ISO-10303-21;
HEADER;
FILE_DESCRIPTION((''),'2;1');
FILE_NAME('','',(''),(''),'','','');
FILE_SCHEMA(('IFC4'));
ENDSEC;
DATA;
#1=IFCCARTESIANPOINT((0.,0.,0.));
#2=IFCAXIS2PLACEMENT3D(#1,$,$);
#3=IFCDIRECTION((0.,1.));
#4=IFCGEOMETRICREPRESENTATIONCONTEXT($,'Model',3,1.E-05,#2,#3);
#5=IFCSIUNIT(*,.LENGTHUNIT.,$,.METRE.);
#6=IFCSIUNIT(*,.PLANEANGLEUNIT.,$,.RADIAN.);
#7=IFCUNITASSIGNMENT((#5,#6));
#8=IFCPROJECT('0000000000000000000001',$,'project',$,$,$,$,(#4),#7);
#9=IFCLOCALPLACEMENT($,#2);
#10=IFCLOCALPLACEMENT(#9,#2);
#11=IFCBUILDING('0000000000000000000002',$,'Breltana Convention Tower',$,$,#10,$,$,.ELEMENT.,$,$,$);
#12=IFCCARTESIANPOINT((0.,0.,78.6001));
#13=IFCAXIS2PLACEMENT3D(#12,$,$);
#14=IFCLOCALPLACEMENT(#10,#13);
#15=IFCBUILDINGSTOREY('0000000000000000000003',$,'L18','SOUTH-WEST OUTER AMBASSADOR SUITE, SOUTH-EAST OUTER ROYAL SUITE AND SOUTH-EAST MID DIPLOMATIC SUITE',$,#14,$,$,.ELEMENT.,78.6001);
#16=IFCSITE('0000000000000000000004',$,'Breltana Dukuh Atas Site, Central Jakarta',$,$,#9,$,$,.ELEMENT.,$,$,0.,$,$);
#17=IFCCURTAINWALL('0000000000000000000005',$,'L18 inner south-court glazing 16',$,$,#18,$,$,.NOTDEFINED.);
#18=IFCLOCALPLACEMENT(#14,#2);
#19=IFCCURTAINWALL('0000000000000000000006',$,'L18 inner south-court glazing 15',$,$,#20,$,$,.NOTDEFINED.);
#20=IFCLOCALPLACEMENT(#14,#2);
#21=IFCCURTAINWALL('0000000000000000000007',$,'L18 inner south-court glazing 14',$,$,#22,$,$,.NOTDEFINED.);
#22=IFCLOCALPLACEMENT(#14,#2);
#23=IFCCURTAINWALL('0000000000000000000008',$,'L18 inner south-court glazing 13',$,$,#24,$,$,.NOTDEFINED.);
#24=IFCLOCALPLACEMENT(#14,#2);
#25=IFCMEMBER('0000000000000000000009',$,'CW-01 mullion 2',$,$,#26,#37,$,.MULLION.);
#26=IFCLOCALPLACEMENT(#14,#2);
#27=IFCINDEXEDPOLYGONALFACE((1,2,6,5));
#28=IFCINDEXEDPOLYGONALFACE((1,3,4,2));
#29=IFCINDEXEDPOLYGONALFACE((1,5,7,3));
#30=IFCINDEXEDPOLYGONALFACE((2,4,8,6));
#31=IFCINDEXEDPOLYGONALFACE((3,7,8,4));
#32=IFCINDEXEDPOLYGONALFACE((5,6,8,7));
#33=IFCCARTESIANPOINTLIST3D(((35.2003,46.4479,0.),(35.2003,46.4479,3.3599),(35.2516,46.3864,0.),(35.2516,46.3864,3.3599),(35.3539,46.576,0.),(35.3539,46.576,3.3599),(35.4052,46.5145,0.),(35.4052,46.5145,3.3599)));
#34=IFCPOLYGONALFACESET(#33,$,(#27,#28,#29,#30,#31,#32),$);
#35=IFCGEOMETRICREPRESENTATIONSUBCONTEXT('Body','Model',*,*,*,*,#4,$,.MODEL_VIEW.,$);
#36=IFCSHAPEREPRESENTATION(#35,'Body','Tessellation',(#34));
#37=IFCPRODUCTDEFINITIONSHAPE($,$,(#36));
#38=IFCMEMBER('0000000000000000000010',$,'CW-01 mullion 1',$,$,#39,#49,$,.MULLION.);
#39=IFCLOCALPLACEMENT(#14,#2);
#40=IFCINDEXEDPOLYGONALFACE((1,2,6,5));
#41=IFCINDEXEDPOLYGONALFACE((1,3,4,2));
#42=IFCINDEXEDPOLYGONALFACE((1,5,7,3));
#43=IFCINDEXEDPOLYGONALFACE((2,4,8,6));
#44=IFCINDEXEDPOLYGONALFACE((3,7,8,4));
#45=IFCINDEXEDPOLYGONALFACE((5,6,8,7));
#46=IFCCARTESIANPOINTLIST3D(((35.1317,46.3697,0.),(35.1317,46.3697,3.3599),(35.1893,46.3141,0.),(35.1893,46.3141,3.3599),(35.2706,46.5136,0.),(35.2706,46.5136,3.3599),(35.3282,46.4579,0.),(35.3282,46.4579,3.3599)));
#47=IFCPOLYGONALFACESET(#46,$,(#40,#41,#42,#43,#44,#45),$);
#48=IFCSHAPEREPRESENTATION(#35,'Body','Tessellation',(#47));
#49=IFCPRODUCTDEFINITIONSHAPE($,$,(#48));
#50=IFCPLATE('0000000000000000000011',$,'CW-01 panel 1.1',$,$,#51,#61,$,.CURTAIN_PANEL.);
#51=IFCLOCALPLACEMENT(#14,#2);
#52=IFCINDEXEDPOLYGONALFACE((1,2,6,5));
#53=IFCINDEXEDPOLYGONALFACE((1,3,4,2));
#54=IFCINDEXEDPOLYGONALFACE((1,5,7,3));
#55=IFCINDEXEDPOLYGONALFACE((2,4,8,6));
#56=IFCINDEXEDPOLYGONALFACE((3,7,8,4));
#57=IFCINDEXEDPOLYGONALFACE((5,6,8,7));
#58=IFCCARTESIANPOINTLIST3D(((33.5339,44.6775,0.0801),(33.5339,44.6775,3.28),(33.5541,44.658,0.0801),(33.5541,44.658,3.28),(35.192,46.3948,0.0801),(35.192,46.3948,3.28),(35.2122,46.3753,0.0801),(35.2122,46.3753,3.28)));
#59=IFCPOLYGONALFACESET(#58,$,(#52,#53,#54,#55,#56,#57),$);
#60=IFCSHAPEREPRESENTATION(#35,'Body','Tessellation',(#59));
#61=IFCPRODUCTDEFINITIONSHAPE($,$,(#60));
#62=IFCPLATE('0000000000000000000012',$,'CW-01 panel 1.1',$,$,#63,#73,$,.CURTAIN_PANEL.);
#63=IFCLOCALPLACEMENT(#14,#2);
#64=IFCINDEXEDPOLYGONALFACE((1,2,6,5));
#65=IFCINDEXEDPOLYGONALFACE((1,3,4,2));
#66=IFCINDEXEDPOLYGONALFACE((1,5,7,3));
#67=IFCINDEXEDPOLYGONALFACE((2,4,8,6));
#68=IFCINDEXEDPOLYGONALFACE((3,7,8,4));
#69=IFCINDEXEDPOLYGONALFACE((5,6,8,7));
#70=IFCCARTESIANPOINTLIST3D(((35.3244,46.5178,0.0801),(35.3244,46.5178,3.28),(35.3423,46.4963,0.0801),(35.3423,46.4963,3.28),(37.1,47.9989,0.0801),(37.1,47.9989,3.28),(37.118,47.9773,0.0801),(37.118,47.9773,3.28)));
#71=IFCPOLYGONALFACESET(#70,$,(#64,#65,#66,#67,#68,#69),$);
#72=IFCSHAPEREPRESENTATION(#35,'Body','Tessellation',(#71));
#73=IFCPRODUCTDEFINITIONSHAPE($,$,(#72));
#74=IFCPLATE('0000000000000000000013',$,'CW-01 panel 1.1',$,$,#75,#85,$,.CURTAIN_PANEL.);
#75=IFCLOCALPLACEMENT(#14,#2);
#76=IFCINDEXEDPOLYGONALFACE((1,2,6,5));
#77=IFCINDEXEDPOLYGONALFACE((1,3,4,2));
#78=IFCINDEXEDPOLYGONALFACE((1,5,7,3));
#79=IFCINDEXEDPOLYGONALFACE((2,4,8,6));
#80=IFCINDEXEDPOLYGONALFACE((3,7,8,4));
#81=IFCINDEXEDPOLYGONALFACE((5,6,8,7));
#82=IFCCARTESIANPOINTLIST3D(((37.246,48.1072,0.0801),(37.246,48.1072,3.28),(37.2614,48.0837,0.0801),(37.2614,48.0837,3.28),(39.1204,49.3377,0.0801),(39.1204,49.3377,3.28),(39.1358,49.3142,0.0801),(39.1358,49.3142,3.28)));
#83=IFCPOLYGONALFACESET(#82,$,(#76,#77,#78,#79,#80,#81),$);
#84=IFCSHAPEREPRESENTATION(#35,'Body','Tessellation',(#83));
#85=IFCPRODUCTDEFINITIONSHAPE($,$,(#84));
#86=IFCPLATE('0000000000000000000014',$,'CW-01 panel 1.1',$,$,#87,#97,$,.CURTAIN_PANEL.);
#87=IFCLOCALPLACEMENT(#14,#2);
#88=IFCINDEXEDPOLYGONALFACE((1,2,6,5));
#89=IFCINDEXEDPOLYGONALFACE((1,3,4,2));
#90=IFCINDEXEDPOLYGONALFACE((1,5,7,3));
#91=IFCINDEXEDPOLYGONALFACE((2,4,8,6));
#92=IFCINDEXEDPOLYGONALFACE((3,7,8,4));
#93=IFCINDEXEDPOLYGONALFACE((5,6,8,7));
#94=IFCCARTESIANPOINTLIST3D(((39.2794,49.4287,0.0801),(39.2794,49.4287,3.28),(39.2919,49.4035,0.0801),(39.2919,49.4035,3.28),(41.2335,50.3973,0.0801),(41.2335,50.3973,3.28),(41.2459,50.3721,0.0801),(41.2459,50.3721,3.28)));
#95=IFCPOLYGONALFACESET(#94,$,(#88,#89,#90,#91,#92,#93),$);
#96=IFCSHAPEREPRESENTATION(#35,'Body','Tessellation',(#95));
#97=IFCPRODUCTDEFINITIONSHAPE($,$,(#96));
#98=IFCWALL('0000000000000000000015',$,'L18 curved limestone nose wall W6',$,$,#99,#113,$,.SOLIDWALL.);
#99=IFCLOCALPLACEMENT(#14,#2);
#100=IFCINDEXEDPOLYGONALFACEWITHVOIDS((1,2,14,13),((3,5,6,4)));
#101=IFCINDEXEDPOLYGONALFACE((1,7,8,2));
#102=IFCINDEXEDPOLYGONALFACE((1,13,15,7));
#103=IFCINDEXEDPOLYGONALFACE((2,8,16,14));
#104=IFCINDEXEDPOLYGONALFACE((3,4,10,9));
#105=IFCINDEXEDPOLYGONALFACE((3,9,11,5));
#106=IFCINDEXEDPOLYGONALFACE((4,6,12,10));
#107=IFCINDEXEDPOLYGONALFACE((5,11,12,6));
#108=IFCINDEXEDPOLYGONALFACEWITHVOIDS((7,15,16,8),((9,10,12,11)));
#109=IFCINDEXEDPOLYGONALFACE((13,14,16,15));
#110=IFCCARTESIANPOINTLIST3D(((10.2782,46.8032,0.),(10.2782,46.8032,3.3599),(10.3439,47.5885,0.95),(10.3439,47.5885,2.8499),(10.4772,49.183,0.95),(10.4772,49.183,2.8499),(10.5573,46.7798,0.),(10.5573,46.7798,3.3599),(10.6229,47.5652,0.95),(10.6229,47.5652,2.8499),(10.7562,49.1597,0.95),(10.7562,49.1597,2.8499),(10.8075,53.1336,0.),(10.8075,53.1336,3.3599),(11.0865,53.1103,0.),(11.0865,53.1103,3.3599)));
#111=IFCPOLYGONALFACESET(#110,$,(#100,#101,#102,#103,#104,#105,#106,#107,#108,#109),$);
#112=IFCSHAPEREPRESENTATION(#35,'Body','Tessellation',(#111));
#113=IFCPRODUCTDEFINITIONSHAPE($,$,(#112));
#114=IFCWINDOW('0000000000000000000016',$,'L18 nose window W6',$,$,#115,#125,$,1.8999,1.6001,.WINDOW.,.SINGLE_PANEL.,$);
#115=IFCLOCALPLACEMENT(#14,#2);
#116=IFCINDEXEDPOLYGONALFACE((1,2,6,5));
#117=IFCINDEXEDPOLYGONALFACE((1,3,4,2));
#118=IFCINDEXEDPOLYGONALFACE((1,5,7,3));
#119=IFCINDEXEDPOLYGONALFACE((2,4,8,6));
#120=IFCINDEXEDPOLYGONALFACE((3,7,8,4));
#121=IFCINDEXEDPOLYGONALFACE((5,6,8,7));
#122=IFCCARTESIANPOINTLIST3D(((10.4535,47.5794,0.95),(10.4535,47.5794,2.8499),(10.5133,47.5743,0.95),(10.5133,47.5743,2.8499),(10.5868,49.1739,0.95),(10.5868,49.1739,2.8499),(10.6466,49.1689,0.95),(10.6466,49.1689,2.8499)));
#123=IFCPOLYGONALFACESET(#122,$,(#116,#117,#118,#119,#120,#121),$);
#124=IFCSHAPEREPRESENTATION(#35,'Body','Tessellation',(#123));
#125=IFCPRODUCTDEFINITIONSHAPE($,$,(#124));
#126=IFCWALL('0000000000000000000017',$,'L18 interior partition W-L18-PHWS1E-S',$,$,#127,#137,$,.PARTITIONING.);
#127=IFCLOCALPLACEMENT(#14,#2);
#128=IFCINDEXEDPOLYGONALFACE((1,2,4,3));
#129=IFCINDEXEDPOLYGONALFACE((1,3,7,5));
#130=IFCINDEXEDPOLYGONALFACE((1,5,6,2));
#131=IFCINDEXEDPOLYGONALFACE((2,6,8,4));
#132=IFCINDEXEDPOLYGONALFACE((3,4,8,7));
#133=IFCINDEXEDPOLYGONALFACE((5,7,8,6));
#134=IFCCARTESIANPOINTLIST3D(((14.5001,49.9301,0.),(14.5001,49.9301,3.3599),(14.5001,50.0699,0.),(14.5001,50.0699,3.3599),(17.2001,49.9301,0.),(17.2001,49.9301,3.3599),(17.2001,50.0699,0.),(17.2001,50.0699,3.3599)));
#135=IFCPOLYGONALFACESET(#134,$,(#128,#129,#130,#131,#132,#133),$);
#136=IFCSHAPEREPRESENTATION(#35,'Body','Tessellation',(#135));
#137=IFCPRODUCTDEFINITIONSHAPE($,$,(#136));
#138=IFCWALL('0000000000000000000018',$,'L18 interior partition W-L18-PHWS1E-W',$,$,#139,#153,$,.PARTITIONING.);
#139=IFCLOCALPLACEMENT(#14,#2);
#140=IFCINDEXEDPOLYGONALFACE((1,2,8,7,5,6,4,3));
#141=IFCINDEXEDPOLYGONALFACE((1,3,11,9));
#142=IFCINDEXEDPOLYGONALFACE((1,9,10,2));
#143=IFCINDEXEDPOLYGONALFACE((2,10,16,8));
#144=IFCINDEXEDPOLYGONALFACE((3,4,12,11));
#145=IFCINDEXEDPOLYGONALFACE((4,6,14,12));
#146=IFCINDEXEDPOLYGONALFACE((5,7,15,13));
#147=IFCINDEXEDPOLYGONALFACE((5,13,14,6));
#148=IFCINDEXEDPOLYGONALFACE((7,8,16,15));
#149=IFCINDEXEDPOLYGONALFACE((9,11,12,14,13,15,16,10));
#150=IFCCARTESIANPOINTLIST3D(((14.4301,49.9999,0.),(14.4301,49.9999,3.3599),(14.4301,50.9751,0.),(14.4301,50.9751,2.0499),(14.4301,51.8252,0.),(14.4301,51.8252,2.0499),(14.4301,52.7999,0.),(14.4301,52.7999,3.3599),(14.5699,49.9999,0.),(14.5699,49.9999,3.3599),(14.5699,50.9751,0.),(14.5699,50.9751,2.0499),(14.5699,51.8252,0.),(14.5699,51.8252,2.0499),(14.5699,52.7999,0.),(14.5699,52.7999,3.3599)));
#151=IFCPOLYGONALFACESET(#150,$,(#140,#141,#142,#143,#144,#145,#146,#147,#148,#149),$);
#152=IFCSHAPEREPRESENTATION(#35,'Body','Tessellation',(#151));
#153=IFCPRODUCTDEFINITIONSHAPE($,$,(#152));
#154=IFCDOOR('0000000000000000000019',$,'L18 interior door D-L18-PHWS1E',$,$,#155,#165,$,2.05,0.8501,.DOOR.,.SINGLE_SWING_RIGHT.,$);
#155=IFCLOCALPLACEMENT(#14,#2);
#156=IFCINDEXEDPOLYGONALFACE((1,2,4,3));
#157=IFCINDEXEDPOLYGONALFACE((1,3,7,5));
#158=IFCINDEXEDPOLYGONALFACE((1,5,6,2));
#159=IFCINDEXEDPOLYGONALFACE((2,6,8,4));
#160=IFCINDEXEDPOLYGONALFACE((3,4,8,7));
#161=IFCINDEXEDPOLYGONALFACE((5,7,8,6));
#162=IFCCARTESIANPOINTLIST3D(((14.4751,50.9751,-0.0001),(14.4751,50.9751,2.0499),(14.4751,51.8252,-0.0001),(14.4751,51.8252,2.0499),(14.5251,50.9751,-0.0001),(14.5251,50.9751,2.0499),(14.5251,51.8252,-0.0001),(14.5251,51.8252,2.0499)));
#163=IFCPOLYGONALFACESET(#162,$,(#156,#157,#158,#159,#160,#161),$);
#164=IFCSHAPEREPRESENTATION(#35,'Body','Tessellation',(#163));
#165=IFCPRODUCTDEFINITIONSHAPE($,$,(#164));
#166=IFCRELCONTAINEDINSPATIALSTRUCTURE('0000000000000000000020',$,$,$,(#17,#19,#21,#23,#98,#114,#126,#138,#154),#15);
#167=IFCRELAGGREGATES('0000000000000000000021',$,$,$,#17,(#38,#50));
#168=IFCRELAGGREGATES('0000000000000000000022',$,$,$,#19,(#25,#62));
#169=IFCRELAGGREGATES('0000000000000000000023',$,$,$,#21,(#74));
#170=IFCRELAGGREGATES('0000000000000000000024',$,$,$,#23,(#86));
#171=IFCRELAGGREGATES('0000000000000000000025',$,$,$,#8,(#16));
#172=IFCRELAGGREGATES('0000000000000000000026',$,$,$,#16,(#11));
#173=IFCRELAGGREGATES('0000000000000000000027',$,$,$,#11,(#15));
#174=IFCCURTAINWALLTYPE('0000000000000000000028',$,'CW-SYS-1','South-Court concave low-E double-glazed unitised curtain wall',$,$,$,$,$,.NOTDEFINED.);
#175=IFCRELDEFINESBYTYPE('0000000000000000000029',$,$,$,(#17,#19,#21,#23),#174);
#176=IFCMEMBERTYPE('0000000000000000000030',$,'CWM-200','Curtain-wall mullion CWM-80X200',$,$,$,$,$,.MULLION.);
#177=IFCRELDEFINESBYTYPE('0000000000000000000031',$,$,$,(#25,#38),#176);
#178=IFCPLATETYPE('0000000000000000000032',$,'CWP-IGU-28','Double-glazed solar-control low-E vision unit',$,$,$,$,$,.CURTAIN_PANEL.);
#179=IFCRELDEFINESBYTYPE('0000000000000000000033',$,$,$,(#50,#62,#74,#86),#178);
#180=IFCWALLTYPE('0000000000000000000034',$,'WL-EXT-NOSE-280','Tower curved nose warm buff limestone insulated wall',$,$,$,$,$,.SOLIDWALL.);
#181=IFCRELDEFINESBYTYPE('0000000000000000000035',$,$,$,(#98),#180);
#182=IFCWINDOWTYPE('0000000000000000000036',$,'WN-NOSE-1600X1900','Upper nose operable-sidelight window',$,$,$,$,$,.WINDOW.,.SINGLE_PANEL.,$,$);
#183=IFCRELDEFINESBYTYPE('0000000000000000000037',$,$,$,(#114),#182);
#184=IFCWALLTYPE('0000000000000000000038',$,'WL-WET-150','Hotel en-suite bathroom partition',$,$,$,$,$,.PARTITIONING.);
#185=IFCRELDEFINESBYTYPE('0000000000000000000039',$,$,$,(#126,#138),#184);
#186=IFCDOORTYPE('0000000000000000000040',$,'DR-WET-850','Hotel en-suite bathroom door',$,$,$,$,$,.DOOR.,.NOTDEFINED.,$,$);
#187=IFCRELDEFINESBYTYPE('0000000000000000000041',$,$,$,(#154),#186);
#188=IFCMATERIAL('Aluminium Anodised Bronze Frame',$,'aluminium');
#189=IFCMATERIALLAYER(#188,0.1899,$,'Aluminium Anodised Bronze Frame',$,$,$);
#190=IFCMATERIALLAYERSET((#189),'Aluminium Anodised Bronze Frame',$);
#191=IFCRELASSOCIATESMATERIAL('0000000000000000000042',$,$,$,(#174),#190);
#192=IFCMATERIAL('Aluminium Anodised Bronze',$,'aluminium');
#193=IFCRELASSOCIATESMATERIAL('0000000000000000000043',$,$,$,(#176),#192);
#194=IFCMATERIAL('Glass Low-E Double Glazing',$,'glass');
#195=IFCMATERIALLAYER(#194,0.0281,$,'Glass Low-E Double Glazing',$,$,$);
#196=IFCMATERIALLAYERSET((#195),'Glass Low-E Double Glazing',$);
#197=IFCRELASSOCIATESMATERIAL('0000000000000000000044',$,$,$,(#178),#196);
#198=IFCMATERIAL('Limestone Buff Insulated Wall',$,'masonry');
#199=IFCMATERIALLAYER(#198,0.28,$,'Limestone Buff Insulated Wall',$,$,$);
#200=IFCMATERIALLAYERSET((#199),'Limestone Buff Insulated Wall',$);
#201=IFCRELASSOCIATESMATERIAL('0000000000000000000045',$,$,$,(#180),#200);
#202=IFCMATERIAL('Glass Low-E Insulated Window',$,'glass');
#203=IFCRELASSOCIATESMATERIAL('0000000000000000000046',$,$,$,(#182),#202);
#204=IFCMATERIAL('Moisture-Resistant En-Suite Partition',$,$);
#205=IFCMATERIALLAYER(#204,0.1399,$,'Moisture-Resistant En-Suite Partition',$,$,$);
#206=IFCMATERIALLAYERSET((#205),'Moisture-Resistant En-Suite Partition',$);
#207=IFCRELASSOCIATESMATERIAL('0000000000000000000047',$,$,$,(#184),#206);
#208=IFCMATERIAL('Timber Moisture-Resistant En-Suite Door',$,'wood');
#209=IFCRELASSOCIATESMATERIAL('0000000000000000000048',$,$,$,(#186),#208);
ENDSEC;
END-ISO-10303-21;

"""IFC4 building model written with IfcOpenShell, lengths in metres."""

from ifc_helpers import new_model, si_unit, direction, frame, frame_2d, origin, origin_2d, place, context, subcontext, project, spatial, rectangle, extrude, source, transform, mapped, material, layer, layer_set, material_profile, profile_set, type_object, type_shapes, element, fill, aggregate, save


model = new_model("IFC4")

# Units and contexts
model_context = context("Model", 3, precision=1e-05, world=origin(), true_north=direction((0.0, 1.0)))
body_context = subcontext(model_context, "Body", "Model", "MODEL_VIEW")
ifc_project = project(units=[si_unit("LENGTHUNIT", "METRE"), si_unit("PLANEANGLEUNIT", "RADIAN")], contexts=[model_context])

# Site, building, storey
site_placement = place(None, origin())
site = spatial("IfcSite", under=ifc_project, at=site_placement, Name="Breltana Dukuh Atas Site, Central Jakarta", CompositionType="ELEMENT", RefElevation=0.0)
building_placement = place(site_placement, origin())
building = spatial("IfcBuilding", under=site, at=building_placement, Name="Breltana Convention Tower", CompositionType="ELEMENT")
storey_placement = place(building_placement, frame((0.0, 0.0, 78.6001)))
storey = spatial("IfcBuildingStorey", under=building, at=storey_placement, Name="L18", Description="SOUTH-WEST OUTER AMBASSADOR SUITE, SOUTH-EAST OUTER ROYAL SUITE AND SOUTH-EAST MID DIPLOMATIC SUITE", CompositionType="ELEMENT", Elevation=78.6001)

# Curtain walls
ifc_material_1 = material(Name="Aluminium Anodised Bronze Frame", Category="aluminium")
ifc_layer_1 = layer(ifc_material_1, 0.1899, Name="Aluminium Anodised Bronze Frame")
ifc_layer_set_1 = layer_set([ifc_layer_1], Name="Aluminium Anodised Bronze Frame")
curtain_wall_type = type_object("IfcCurtainWallType", Name="CW-SYS-1", Description="South-Court concave low-E double-glazed unitised curtain wall", PredefinedType="NOTDEFINED", material=ifc_layer_set_1)
curtain_wall_1_placement = place(storey_placement, origin())
curtain_wall_1 = element("IfcCurtainWall", 1, at=curtain_wall_1_placement, inside=storey, type_object=curtain_wall_type, Name="L18 inner south-court glazing 16", PredefinedType="NOTDEFINED")
ifc_material_2 = material(Name="Aluminium Anodised Bronze", Category="aluminium")
curtain_wall_2_placement = place(storey_placement, origin())
curtain_wall_2 = element("IfcCurtainWall", 2, at=curtain_wall_2_placement, inside=storey, type_object=curtain_wall_type, Name="L18 inner south-court glazing 15", PredefinedType="NOTDEFINED")
curtain_wall_3_placement = place(storey_placement, origin())
curtain_wall_3 = element("IfcCurtainWall", 3, at=curtain_wall_3_placement, inside=storey, type_object=curtain_wall_type, Name="L18 inner south-court glazing 14", PredefinedType="NOTDEFINED")

# Curtain wall
curtain_wall_4_placement = place(storey_placement, origin())
curtain_wall_4 = element("IfcCurtainWall", 4, at=curtain_wall_4_placement, inside=storey, type_object=curtain_wall_type, Name="L18 inner south-court glazing 13", PredefinedType="NOTDEFINED")
ifc_material_profile_1 = material_profile(ifc_material_2, rectangle(XDim=0.0801, YDim=0.2, at=origin_2d()), Name="CWM-80X200")
ifc_profile_set_1 = profile_set([ifc_material_profile_1], Name="Aluminium Anodised Bronze")
member_type_1 = type_object("IfcMemberType", Name="CWM-200", Description="Curtain-wall mullion CWM-80X200", PredefinedType="MULLION", material=ifc_profile_set_1)
shared_shape_1 = source(origin(), body_context, "Body", "SweptSolid", [
    extrude(rectangle(XDim=0.0801, YDim=0.2, at=origin_2d()), origin(), (0.0, 0.0, 1.0), 3.3599),
])

# Members
member_1_placement = place(storey_placement, frame((35.3027, 46.4812, 0.0), z_axis=(0.0, 0.0, 1.0), x_axis=(0.640523, -0.767939, 0.0)))
member_1 = element("IfcMember", 5, at=member_1_placement, type_object=member_type_1, Name="CW-01 mullion 2", PredefinedType="MULLION", context=body_context, shape_type="MappedRepresentation", body=[
    mapped(shared_shape_1, transform((0.0, 0.0, 0.0), scale=1.0)),
])
member_2_placement = place(storey_placement, frame((35.23, 46.4138, 0.0), z_axis=(0.0, 0.0, 1.0), x_axis=(0.719385, -0.694612, 0.0)))
member_2 = element("IfcMember", 6, at=member_2_placement, type_object=member_type_1, Name="CW-01 mullion 1", PredefinedType="MULLION", context=body_context, shape_type="MappedRepresentation", body=[
    mapped(shared_shape_1, transform((0.0, 0.0, 0.0), scale=1.0)),
])

# Plates
ifc_material_3 = material(Name="Glass Low-E Double Glazing", Category="glass")
ifc_layer_2 = layer(ifc_material_3, 0.0281, Name="Glass Low-E Double Glazing")
ifc_layer_set_2 = layer_set([ifc_layer_2], Name="Glass Low-E Double Glazing")
plate_type = type_object("IfcPlateType", Name="CWP-IGU-28", Description="Double-glazed solar-control low-E vision unit", PredefinedType="CURTAIN_PANEL", material=ifc_layer_set_2)
shared_shape_2 = source(origin(), body_context, "Body", "SweptSolid", [
    extrude(rectangle(XDim=2.3872, YDim=0.0281, at=origin_2d()), origin(), (0.0, 0.0, 1.0), 3.2),
])
plate_1_placement = place(storey_placement, frame((34.373, 45.5264, 0.0801), z_axis=(0.0, 0.0, 1.0), x_axis=(-0.694612, -0.719385, 0.0)))
plate_1 = element("IfcPlate", 7, at=plate_1_placement, type_object=plate_type, Name="CW-01 panel 1.1", PredefinedType="CURTAIN_PANEL", context=body_context, shape_type="MappedRepresentation", body=[
    mapped(shared_shape_2, transform((0.0, 0.0, 0.0), scale=1.0)),
])
aggregate(curtain_wall_1, [member_2, plate_1])
shared_shape_3 = source(origin(), body_context, "Body", "SweptSolid", [
    extrude(rectangle(XDim=2.3123, YDim=0.0281, at=origin_2d()), origin(), (0.0, 0.0, 1.0), 3.2),
])
plate_2_placement = place(storey_placement, frame((36.2212, 47.2476, 0.0801), z_axis=(0.0, 0.0, 1.0), x_axis=(-0.767939, -0.640523, 0.0)))
plate_2 = element("IfcPlate", 8, at=plate_2_placement, type_object=plate_type, Name="CW-01 panel 1.1", PredefinedType="CURTAIN_PANEL", context=body_context, shape_type="MappedRepresentation", body=[
    mapped(shared_shape_3, transform((0.0, 0.0, 0.0), scale=1.0)),
])
aggregate(curtain_wall_2, [member_1, plate_2])
shared_shape_4 = source(origin(), body_context, "Body", "SweptSolid", [
    extrude(rectangle(XDim=2.2422, YDim=0.0281, at=origin_2d()), origin(), (0.0, 0.0, 1.0), 3.2),
])
plate_3_placement = place(storey_placement, frame((38.1909, 48.7107, 0.0801), z_axis=(0.0, 0.0, 1.0), x_axis=(-0.835968, -0.548778, 0.0)))
plate_3 = element("IfcPlate", 9, at=plate_3_placement, type_object=plate_type, Name="CW-01 panel 1.1", PredefinedType="CURTAIN_PANEL", context=body_context, shape_type="MappedRepresentation", body=[
    mapped(shared_shape_4, transform((0.0, 0.0, 0.0), scale=1.0)),
])
aggregate(curtain_wall_3, [plate_3])
shared_shape_5 = source(origin(), body_context, "Body", "SweptSolid", [
    extrude(rectangle(XDim=2.1809, YDim=0.0281, at=origin_2d()), origin(), (0.0, 0.0, 1.0), 3.2),
])
plate_4_placement = place(storey_placement, frame((40.2627, 49.9004, 0.0801), z_axis=(0.0, 0.0, 1.0), x_axis=(-0.895968, -0.444118, 0.0)))
plate_4 = element("IfcPlate", 10, at=plate_4_placement, type_object=plate_type, Name="CW-01 panel 1.1", PredefinedType="CURTAIN_PANEL", context=body_context, shape_type="MappedRepresentation", body=[
    mapped(shared_shape_5, transform((0.0, 0.0, 0.0), scale=1.0)),
])
aggregate(curtain_wall_4, [plate_4])

# Wall, opening, window
ifc_material_4 = material(Name="Limestone Buff Insulated Wall", Category="masonry")
ifc_layer_3 = layer(ifc_material_4, 0.28, Name="Limestone Buff Insulated Wall")
ifc_layer_set_3 = layer_set([ifc_layer_3], Name="Limestone Buff Insulated Wall")
wall_type_1 = type_object("IfcWallType", Name="WL-EXT-NOSE-280", Description="Tower curved nose warm buff limestone insulated wall", PredefinedType="SOLIDWALL", material=ifc_layer_set_3)
shared_shape_6 = source(origin(), body_context, "Body", "SweptSolid", [
    extrude(rectangle(XDim=6.3525, YDim=0.28, at=frame_2d((3.1763, 0.0))), origin(), (0.0, 0.0, 1.0), 3.3599),
])
wall_1_placement = place(storey_placement, frame((10.4177, 46.7915, 0.0), z_axis=(0.0, 0.0, 1.0), x_axis=(0.083319, 0.996523, 0.0)))
wall_1 = element("IfcWall", 11, at=wall_1_placement, inside=storey, type_object=wall_type_1, Name="L18 curved limestone nose wall W6", PredefinedType="SOLIDWALL", context=body_context, shape_type="MappedRepresentation", body=[
    mapped(shared_shape_6, transform((0.0, 0.0, 0.0), scale=1.0)),
])
opening_1_placement = place(wall_1_placement, frame((0.7881, 0.0, 0.95)))
opening_1 = element("IfcOpeningElement", 12, at=opening_1_placement, cuts=wall_1, PredefinedType="OPENING", context=body_context, shape_type="SweptSolid", body=[
    extrude(rectangle(XDim=1.6001, YDim=1.8999, at=frame_2d((0.8, 0.95))), frame((0.0, 0.1499, 0.0), z_axis=(0.0, -1.0, 0.0), x_axis=(1.0, 0.0, 0.0)), (0.0, 0.0, 1.0), 0.3),
])
ifc_material_5 = material(Name="Glass Low-E Insulated Window", Category="glass")
window_type = type_object("IfcWindowType", Name="WN-NOSE-1600X1900", Description="Upper nose operable-sidelight window", PartitioningType="SINGLE_PANEL", PredefinedType="WINDOW", material=ifc_material_5)
shared_shape_7 = source(origin(), body_context, "Body", "SweptSolid", [
    extrude(rectangle(XDim=1.6001, YDim=1.8999, at=frame_2d((0.8, 0.95))), frame((0.0, 0.03, 0.0), z_axis=(0.0, -1.0, 0.0), x_axis=(1.0, 0.0, 0.0)), (0.0, 0.0, 1.0), 0.0601),
])
type_shapes(window_type, [shared_shape_7])
window_placement = place(opening_1_placement, origin())
window = element("IfcWindow", 13, at=window_placement, inside=storey, type_object=window_type, Name="L18 nose window W6", OverallHeight=1.8999, OverallWidth=1.6001, PartitioningType="SINGLE_PANEL", PredefinedType="WINDOW", context=body_context, shape_type="MappedRepresentation", body=[
    mapped(shared_shape_7, transform((0.0, 0.0, 0.0), scale=1.0)),
])
fill(opening_1, window)

# Wall
ifc_material_6 = material(Name="Moisture-Resistant En-Suite Partition")
ifc_layer_4 = layer(ifc_material_6, 0.1399, Name="Moisture-Resistant En-Suite Partition")
ifc_layer_set_4 = layer_set([ifc_layer_4], Name="Moisture-Resistant En-Suite Partition")
wall_type_2 = type_object("IfcWallType", Name="WL-WET-150", Description="Hotel en-suite bathroom partition", PredefinedType="PARTITIONING", material=ifc_layer_set_4)
shared_shape_8 = source(origin(), body_context, "Body", "SweptSolid", [
    extrude(rectangle(XDim=2.7, YDim=0.1399, at=frame_2d((1.3501, 0.0))), origin(), (0.0, 0.0, 1.0), 3.3599),
])
wall_2_placement = place(storey_placement, frame((14.5, 50.0, 0.0), z_axis=(0.0, 0.0, 1.0), x_axis=(1.0, 0.0, 0.0)))
element("IfcWall", 14, at=wall_2_placement, inside=storey, type_object=wall_type_2, Name="L18 interior partition W-L18-PHWS1E-S", PredefinedType="PARTITIONING", context=body_context, shape_type="MappedRepresentation", body=[
    mapped(shared_shape_8, transform((0.0, 0.0, 0.0), scale=1.0)),
])

# Wall, opening, door
shared_shape_9 = source(origin(), body_context, "Body", "SweptSolid", [
    extrude(rectangle(XDim=2.8, YDim=0.1399, at=frame_2d((1.3999, 0.0))), origin(), (0.0, 0.0, 1.0), 3.3599),
])
wall_3_placement = place(storey_placement, frame((14.5, 50.0, 0.0), z_axis=(0.0, 0.0, 1.0), x_axis=(0.0, 1.0, 0.0)))
wall_3 = element("IfcWall", 15, at=wall_3_placement, inside=storey, type_object=wall_type_2, Name="L18 interior partition W-L18-PHWS1E-W", PredefinedType="PARTITIONING", context=body_context, shape_type="MappedRepresentation", body=[
    mapped(shared_shape_9, transform((0.0, 0.0, 0.0), scale=1.0)),
])
opening_2_placement = place(wall_3_placement, frame((0.9751, 0.0, 0.0)))
opening_2 = element("IfcOpeningElement", 16, at=opening_2_placement, cuts=wall_3, PredefinedType="OPENING", context=body_context, shape_type="SweptSolid", body=[
    extrude(rectangle(XDim=0.8501, YDim=2.05, at=frame_2d((0.425, 1.0249))), frame((0.0, 0.0801, 0.0), z_axis=(0.0, -1.0, 0.0), x_axis=(1.0, 0.0, 0.0)), (0.0, 0.0, 1.0), 0.1599),
])
ifc_material_7 = material(Name="Timber Moisture-Resistant En-Suite Door", Category="wood")
door_type = type_object("IfcDoorType", Name="DR-WET-850", Description="Hotel en-suite bathroom door", OperationType="NOTDEFINED", PredefinedType="DOOR", material=ifc_material_7)
shared_shape_10 = source(origin(), body_context, "Body", "SweptSolid", [
    extrude(rectangle(XDim=0.8501, YDim=2.05, at=frame_2d((0.425, 1.0249))), frame((0.0, 0.0249, 0.0), z_axis=(0.0, -1.0, 0.0), x_axis=(1.0, 0.0, 0.0)), (0.0, 0.0, 1.0), 0.05),
])
type_shapes(door_type, [shared_shape_10])
door_placement = place(opening_2_placement, origin())
door = element("IfcDoor", 17, at=door_placement, inside=storey, type_object=door_type, Name="L18 interior door D-L18-PHWS1E", OperationType="SINGLE_SWING_RIGHT", OverallHeight=2.05, OverallWidth=0.8501, PredefinedType="DOOR", context=body_context, shape_type="MappedRepresentation", body=[
    mapped(shared_shape_10, transform((0.0, 0.0, 0.0), scale=1.0)),
])
fill(opening_2, door)

save(model, "model.ifc")
